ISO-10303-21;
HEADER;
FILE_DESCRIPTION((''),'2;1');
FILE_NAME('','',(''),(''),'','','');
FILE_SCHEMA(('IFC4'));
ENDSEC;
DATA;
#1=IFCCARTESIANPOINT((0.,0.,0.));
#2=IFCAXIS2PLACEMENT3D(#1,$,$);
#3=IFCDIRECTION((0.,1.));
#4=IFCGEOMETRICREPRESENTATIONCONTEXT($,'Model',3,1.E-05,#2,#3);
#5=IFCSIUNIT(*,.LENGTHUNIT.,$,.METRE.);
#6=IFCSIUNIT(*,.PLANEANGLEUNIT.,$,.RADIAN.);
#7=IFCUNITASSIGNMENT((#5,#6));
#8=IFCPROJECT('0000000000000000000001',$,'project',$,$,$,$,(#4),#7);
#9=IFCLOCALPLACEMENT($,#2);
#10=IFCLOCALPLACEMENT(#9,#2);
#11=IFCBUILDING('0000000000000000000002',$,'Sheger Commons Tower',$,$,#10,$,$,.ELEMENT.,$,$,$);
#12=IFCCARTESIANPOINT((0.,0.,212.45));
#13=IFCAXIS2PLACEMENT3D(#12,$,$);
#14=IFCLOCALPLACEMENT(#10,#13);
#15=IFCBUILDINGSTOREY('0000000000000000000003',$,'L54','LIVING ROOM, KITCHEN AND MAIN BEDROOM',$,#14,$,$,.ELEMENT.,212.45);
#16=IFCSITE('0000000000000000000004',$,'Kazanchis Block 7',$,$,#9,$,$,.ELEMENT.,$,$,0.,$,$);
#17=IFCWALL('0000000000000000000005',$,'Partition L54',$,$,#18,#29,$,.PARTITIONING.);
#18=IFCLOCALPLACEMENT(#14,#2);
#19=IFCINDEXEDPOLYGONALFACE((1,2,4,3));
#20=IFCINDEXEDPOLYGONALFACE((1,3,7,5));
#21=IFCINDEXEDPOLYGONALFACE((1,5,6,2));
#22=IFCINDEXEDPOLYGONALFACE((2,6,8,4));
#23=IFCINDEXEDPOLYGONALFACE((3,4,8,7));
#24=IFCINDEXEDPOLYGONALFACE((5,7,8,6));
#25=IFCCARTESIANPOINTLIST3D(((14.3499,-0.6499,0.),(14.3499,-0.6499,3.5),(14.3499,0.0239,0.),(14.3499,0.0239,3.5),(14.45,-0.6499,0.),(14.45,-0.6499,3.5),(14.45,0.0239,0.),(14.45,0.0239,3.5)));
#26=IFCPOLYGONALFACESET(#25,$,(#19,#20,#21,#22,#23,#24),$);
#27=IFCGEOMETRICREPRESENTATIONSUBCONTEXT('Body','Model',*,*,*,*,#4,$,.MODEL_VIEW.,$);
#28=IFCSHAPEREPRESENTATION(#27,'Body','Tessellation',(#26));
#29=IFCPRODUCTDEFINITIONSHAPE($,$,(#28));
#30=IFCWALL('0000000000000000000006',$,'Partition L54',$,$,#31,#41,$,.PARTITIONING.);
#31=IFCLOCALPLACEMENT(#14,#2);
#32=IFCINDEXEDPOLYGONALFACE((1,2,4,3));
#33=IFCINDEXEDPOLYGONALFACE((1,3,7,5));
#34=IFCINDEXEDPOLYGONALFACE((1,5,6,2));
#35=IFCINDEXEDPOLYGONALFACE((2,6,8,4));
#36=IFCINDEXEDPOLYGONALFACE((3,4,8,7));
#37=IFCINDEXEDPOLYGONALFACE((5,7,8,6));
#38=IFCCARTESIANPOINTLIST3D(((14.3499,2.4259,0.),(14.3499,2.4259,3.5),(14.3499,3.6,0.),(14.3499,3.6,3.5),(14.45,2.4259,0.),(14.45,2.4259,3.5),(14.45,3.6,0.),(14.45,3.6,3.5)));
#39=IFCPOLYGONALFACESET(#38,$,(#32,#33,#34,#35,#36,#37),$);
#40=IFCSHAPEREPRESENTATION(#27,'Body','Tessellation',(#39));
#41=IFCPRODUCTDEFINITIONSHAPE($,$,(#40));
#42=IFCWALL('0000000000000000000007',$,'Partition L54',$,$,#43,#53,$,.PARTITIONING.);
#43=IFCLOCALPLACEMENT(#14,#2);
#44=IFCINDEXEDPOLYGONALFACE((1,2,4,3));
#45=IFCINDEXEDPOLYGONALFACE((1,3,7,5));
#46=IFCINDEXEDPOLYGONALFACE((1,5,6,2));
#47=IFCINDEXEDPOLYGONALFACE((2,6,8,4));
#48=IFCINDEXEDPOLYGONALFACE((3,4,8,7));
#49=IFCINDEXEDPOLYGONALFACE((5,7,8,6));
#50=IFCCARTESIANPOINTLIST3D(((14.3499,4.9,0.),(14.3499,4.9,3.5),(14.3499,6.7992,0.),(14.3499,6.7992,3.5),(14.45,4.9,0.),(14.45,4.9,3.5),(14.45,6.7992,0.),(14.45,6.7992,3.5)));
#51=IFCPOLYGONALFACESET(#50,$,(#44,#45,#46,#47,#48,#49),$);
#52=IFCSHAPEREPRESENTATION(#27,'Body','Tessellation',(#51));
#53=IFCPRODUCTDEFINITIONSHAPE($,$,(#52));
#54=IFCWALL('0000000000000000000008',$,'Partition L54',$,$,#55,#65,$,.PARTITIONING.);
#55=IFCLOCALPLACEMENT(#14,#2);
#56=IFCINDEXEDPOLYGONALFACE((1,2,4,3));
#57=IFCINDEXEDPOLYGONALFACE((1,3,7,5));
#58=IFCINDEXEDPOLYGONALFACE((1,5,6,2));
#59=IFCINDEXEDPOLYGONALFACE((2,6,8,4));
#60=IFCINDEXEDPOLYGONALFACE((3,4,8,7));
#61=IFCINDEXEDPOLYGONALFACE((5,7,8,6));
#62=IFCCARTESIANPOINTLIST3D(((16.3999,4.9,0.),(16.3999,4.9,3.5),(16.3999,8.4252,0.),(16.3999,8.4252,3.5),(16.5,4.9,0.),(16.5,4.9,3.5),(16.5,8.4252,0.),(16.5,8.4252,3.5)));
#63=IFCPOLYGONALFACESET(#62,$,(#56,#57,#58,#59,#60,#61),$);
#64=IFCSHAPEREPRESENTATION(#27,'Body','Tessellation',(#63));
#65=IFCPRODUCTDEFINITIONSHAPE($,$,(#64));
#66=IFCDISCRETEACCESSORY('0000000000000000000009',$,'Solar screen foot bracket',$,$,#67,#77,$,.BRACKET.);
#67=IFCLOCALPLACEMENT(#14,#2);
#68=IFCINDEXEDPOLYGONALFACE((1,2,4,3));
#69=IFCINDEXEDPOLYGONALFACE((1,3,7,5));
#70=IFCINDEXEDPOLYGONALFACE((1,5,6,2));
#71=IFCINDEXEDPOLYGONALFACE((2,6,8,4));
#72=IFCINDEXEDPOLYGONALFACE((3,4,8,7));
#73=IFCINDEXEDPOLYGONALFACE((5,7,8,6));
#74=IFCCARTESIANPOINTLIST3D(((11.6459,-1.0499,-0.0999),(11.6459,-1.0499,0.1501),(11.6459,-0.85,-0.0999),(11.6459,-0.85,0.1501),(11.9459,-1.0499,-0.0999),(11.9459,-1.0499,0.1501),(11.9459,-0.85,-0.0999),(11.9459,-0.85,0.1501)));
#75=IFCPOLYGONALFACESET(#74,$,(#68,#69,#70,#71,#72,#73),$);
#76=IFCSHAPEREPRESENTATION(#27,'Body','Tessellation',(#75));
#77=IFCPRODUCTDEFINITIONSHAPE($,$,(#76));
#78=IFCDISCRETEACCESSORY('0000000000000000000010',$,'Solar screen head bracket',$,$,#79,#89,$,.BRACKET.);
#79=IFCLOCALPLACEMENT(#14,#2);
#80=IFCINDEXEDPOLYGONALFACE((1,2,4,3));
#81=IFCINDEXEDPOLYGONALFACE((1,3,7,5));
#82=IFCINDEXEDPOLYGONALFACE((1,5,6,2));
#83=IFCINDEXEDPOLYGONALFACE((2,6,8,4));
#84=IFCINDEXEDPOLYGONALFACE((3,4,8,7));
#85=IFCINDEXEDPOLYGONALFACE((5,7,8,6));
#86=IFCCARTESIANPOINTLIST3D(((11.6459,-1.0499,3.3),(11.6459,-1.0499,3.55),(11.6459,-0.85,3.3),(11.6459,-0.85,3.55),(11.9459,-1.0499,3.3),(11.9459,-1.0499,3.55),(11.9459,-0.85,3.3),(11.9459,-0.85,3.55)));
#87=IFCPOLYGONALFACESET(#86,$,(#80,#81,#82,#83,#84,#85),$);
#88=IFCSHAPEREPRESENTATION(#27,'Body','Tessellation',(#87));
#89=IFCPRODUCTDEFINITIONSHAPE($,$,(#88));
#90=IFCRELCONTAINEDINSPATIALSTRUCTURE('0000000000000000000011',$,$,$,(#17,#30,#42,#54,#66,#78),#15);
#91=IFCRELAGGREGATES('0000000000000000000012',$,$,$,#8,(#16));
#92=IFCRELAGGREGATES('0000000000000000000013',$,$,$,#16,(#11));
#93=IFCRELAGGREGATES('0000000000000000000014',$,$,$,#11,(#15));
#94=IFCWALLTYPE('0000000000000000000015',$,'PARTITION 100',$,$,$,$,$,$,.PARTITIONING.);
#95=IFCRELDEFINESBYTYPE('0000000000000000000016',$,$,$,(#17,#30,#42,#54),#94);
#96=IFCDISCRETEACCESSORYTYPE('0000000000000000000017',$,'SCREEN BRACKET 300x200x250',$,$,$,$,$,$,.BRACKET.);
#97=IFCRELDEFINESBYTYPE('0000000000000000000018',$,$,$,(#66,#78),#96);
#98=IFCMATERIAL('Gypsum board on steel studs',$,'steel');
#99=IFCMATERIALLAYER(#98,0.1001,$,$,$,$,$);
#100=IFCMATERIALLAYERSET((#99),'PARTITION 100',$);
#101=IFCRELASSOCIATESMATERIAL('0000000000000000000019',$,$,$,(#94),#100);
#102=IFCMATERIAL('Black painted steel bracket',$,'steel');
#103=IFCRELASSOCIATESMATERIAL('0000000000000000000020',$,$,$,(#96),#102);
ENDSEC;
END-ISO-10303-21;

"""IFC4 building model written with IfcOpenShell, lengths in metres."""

from ifc_helpers import new_model, si_unit, direction, frame, frame_2d, origin, origin_2d, place, context, subcontext, project, spatial, rectangle, extrude, material, layer, layer_set, type_object, element, save


model = new_model("IFC4")

# Units and contexts
model_context = context("Model", 3, precision=1e-05, world=origin(), true_north=direction((0.0, 1.0)))
body_context = subcontext(model_context, "Body", "Model", "MODEL_VIEW")
ifc_project = project(units=[si_unit("LENGTHUNIT", "METRE"), si_unit("PLANEANGLEUNIT", "RADIAN")], contexts=[model_context])

# Site, building, storey
site_placement = place(None, origin())
site = spatial("IfcSite", under=ifc_project, at=site_placement, Name="Kazanchis Block 7", CompositionType="ELEMENT", RefElevation=0.0)
building_placement = place(site_placement, origin())
building = spatial("IfcBuilding", under=site, at=building_placement, Name="Sheger Commons Tower", CompositionType="ELEMENT")
storey_placement = place(building_placement, frame((0.0, 0.0, 212.45)))
storey = spatial("IfcBuildingStorey", under=building, at=storey_placement, Name="L54", Description="LIVING ROOM, KITCHEN AND MAIN BEDROOM", CompositionType="ELEMENT", Elevation=212.45)

# Shared definitions
ifc_material_1 = material(Name="Gypsum board on steel studs", Category="steel")
ifc_layer_1 = layer(ifc_material_1, 0.1001)
ifc_layer_set_1 = layer_set([ifc_layer_1], Name="PARTITION 100")
wall_type_1 = type_object("IfcWallType", Name="PARTITION 100", PredefinedType="PARTITIONING", material=ifc_layer_set_1)

# Walls
wall_1_placement = place(storey_placement, frame((14.3999, -0.6499, 0.0), z_axis=(0.0, 0.0, 1.0), x_axis=(0.0, 1.0, 0.0)))
element("IfcWall", 1, at=wall_1_placement, inside=storey, type_object=wall_type_1, Name="Partition L54", PredefinedType="PARTITIONING", context=body_context, shape_type="SweptSolid", body=[
    extrude(rectangle(XDim=0.6738, YDim=0.1001, at=frame_2d((0.3369, 0.0))), origin(), (0.0, 0.0, 1.0), 3.5),
])
wall_2_placement = place(storey_placement, frame((14.3999, 2.426, 0.0), z_axis=(0.0, 0.0, 1.0), x_axis=(0.0, 1.0, 0.0)))
element("IfcWall", 2, at=wall_2_placement, inside=storey, type_object=wall_type_1, Name="Partition L54", PredefinedType="PARTITIONING", context=body_context, shape_type="SweptSolid", body=[
    extrude(rectangle(XDim=1.1741, YDim=0.1001, at=frame_2d((0.5869, 0.0))), origin(), (0.0, 0.0, 1.0), 3.5),
])
wall_3_placement = place(storey_placement, frame((14.3999, 4.8999, 0.0), z_axis=(0.0, 0.0, 1.0), x_axis=(0.0, 1.0, 0.0)))
element("IfcWall", 3, at=wall_3_placement, inside=storey, type_object=wall_type_1, Name="Partition L54", PredefinedType="PARTITIONING", context=body_context, shape_type="SweptSolid", body=[
    extrude(rectangle(XDim=1.8992, YDim=0.1001, at=frame_2d((0.9497, 0.0))), origin(), (0.0, 0.0, 1.0), 3.5),
])
wall_4_placement = place(storey_placement, frame((16.45, 4.8999, 0.0), z_axis=(0.0, 0.0, 1.0), x_axis=(0.0, 1.0, 0.0)))
element("IfcWall", 4, at=wall_4_placement, inside=storey, type_object=wall_type_1, Name="Partition L54", PredefinedType="PARTITIONING", context=body_context, shape_type="SweptSolid", body=[
    extrude(rectangle(XDim=3.5251, YDim=0.1001, at=frame_2d((1.7627, 0.0))), origin(), (0.0, 0.0, 1.0), 3.5),
])

# Discrete accessories
ifc_material_2 = material(Name="Black painted steel bracket", Category="steel")
discrete_accessory_type = type_object("IfcDiscreteAccessoryType", Name="SCREEN BRACKET 300x200x250", PredefinedType="BRACKET", material=ifc_material_2)
for number, where, z_axis, x_axis, name in (
    (5, (11.7959, -0.95, -0.0999), (0.0, 0.0, 1.0), (1.0, 0.0, 0.0), "Solar screen foot bracket"),
    (6, (11.7959, -0.95, 3.3), (0.0, 0.0, 1.0), (1.0, 0.0, 0.0), "Solar screen head bracket"),
):
    element("IfcDiscreteAccessory", number, at=place(storey_placement, frame(where, z_axis=z_axis, x_axis=x_axis)), inside=storey, type_object=discrete_accessory_type, Name=name, PredefinedType="BRACKET", context=body_context, shape_type="SweptSolid", body=[
        extrude(rectangle(XDim=0.3, YDim=0.2, at=origin_2d()), origin(), (0.0, 0.0, 1.0), 0.25),
    ])

save(model, "model.ifc")
